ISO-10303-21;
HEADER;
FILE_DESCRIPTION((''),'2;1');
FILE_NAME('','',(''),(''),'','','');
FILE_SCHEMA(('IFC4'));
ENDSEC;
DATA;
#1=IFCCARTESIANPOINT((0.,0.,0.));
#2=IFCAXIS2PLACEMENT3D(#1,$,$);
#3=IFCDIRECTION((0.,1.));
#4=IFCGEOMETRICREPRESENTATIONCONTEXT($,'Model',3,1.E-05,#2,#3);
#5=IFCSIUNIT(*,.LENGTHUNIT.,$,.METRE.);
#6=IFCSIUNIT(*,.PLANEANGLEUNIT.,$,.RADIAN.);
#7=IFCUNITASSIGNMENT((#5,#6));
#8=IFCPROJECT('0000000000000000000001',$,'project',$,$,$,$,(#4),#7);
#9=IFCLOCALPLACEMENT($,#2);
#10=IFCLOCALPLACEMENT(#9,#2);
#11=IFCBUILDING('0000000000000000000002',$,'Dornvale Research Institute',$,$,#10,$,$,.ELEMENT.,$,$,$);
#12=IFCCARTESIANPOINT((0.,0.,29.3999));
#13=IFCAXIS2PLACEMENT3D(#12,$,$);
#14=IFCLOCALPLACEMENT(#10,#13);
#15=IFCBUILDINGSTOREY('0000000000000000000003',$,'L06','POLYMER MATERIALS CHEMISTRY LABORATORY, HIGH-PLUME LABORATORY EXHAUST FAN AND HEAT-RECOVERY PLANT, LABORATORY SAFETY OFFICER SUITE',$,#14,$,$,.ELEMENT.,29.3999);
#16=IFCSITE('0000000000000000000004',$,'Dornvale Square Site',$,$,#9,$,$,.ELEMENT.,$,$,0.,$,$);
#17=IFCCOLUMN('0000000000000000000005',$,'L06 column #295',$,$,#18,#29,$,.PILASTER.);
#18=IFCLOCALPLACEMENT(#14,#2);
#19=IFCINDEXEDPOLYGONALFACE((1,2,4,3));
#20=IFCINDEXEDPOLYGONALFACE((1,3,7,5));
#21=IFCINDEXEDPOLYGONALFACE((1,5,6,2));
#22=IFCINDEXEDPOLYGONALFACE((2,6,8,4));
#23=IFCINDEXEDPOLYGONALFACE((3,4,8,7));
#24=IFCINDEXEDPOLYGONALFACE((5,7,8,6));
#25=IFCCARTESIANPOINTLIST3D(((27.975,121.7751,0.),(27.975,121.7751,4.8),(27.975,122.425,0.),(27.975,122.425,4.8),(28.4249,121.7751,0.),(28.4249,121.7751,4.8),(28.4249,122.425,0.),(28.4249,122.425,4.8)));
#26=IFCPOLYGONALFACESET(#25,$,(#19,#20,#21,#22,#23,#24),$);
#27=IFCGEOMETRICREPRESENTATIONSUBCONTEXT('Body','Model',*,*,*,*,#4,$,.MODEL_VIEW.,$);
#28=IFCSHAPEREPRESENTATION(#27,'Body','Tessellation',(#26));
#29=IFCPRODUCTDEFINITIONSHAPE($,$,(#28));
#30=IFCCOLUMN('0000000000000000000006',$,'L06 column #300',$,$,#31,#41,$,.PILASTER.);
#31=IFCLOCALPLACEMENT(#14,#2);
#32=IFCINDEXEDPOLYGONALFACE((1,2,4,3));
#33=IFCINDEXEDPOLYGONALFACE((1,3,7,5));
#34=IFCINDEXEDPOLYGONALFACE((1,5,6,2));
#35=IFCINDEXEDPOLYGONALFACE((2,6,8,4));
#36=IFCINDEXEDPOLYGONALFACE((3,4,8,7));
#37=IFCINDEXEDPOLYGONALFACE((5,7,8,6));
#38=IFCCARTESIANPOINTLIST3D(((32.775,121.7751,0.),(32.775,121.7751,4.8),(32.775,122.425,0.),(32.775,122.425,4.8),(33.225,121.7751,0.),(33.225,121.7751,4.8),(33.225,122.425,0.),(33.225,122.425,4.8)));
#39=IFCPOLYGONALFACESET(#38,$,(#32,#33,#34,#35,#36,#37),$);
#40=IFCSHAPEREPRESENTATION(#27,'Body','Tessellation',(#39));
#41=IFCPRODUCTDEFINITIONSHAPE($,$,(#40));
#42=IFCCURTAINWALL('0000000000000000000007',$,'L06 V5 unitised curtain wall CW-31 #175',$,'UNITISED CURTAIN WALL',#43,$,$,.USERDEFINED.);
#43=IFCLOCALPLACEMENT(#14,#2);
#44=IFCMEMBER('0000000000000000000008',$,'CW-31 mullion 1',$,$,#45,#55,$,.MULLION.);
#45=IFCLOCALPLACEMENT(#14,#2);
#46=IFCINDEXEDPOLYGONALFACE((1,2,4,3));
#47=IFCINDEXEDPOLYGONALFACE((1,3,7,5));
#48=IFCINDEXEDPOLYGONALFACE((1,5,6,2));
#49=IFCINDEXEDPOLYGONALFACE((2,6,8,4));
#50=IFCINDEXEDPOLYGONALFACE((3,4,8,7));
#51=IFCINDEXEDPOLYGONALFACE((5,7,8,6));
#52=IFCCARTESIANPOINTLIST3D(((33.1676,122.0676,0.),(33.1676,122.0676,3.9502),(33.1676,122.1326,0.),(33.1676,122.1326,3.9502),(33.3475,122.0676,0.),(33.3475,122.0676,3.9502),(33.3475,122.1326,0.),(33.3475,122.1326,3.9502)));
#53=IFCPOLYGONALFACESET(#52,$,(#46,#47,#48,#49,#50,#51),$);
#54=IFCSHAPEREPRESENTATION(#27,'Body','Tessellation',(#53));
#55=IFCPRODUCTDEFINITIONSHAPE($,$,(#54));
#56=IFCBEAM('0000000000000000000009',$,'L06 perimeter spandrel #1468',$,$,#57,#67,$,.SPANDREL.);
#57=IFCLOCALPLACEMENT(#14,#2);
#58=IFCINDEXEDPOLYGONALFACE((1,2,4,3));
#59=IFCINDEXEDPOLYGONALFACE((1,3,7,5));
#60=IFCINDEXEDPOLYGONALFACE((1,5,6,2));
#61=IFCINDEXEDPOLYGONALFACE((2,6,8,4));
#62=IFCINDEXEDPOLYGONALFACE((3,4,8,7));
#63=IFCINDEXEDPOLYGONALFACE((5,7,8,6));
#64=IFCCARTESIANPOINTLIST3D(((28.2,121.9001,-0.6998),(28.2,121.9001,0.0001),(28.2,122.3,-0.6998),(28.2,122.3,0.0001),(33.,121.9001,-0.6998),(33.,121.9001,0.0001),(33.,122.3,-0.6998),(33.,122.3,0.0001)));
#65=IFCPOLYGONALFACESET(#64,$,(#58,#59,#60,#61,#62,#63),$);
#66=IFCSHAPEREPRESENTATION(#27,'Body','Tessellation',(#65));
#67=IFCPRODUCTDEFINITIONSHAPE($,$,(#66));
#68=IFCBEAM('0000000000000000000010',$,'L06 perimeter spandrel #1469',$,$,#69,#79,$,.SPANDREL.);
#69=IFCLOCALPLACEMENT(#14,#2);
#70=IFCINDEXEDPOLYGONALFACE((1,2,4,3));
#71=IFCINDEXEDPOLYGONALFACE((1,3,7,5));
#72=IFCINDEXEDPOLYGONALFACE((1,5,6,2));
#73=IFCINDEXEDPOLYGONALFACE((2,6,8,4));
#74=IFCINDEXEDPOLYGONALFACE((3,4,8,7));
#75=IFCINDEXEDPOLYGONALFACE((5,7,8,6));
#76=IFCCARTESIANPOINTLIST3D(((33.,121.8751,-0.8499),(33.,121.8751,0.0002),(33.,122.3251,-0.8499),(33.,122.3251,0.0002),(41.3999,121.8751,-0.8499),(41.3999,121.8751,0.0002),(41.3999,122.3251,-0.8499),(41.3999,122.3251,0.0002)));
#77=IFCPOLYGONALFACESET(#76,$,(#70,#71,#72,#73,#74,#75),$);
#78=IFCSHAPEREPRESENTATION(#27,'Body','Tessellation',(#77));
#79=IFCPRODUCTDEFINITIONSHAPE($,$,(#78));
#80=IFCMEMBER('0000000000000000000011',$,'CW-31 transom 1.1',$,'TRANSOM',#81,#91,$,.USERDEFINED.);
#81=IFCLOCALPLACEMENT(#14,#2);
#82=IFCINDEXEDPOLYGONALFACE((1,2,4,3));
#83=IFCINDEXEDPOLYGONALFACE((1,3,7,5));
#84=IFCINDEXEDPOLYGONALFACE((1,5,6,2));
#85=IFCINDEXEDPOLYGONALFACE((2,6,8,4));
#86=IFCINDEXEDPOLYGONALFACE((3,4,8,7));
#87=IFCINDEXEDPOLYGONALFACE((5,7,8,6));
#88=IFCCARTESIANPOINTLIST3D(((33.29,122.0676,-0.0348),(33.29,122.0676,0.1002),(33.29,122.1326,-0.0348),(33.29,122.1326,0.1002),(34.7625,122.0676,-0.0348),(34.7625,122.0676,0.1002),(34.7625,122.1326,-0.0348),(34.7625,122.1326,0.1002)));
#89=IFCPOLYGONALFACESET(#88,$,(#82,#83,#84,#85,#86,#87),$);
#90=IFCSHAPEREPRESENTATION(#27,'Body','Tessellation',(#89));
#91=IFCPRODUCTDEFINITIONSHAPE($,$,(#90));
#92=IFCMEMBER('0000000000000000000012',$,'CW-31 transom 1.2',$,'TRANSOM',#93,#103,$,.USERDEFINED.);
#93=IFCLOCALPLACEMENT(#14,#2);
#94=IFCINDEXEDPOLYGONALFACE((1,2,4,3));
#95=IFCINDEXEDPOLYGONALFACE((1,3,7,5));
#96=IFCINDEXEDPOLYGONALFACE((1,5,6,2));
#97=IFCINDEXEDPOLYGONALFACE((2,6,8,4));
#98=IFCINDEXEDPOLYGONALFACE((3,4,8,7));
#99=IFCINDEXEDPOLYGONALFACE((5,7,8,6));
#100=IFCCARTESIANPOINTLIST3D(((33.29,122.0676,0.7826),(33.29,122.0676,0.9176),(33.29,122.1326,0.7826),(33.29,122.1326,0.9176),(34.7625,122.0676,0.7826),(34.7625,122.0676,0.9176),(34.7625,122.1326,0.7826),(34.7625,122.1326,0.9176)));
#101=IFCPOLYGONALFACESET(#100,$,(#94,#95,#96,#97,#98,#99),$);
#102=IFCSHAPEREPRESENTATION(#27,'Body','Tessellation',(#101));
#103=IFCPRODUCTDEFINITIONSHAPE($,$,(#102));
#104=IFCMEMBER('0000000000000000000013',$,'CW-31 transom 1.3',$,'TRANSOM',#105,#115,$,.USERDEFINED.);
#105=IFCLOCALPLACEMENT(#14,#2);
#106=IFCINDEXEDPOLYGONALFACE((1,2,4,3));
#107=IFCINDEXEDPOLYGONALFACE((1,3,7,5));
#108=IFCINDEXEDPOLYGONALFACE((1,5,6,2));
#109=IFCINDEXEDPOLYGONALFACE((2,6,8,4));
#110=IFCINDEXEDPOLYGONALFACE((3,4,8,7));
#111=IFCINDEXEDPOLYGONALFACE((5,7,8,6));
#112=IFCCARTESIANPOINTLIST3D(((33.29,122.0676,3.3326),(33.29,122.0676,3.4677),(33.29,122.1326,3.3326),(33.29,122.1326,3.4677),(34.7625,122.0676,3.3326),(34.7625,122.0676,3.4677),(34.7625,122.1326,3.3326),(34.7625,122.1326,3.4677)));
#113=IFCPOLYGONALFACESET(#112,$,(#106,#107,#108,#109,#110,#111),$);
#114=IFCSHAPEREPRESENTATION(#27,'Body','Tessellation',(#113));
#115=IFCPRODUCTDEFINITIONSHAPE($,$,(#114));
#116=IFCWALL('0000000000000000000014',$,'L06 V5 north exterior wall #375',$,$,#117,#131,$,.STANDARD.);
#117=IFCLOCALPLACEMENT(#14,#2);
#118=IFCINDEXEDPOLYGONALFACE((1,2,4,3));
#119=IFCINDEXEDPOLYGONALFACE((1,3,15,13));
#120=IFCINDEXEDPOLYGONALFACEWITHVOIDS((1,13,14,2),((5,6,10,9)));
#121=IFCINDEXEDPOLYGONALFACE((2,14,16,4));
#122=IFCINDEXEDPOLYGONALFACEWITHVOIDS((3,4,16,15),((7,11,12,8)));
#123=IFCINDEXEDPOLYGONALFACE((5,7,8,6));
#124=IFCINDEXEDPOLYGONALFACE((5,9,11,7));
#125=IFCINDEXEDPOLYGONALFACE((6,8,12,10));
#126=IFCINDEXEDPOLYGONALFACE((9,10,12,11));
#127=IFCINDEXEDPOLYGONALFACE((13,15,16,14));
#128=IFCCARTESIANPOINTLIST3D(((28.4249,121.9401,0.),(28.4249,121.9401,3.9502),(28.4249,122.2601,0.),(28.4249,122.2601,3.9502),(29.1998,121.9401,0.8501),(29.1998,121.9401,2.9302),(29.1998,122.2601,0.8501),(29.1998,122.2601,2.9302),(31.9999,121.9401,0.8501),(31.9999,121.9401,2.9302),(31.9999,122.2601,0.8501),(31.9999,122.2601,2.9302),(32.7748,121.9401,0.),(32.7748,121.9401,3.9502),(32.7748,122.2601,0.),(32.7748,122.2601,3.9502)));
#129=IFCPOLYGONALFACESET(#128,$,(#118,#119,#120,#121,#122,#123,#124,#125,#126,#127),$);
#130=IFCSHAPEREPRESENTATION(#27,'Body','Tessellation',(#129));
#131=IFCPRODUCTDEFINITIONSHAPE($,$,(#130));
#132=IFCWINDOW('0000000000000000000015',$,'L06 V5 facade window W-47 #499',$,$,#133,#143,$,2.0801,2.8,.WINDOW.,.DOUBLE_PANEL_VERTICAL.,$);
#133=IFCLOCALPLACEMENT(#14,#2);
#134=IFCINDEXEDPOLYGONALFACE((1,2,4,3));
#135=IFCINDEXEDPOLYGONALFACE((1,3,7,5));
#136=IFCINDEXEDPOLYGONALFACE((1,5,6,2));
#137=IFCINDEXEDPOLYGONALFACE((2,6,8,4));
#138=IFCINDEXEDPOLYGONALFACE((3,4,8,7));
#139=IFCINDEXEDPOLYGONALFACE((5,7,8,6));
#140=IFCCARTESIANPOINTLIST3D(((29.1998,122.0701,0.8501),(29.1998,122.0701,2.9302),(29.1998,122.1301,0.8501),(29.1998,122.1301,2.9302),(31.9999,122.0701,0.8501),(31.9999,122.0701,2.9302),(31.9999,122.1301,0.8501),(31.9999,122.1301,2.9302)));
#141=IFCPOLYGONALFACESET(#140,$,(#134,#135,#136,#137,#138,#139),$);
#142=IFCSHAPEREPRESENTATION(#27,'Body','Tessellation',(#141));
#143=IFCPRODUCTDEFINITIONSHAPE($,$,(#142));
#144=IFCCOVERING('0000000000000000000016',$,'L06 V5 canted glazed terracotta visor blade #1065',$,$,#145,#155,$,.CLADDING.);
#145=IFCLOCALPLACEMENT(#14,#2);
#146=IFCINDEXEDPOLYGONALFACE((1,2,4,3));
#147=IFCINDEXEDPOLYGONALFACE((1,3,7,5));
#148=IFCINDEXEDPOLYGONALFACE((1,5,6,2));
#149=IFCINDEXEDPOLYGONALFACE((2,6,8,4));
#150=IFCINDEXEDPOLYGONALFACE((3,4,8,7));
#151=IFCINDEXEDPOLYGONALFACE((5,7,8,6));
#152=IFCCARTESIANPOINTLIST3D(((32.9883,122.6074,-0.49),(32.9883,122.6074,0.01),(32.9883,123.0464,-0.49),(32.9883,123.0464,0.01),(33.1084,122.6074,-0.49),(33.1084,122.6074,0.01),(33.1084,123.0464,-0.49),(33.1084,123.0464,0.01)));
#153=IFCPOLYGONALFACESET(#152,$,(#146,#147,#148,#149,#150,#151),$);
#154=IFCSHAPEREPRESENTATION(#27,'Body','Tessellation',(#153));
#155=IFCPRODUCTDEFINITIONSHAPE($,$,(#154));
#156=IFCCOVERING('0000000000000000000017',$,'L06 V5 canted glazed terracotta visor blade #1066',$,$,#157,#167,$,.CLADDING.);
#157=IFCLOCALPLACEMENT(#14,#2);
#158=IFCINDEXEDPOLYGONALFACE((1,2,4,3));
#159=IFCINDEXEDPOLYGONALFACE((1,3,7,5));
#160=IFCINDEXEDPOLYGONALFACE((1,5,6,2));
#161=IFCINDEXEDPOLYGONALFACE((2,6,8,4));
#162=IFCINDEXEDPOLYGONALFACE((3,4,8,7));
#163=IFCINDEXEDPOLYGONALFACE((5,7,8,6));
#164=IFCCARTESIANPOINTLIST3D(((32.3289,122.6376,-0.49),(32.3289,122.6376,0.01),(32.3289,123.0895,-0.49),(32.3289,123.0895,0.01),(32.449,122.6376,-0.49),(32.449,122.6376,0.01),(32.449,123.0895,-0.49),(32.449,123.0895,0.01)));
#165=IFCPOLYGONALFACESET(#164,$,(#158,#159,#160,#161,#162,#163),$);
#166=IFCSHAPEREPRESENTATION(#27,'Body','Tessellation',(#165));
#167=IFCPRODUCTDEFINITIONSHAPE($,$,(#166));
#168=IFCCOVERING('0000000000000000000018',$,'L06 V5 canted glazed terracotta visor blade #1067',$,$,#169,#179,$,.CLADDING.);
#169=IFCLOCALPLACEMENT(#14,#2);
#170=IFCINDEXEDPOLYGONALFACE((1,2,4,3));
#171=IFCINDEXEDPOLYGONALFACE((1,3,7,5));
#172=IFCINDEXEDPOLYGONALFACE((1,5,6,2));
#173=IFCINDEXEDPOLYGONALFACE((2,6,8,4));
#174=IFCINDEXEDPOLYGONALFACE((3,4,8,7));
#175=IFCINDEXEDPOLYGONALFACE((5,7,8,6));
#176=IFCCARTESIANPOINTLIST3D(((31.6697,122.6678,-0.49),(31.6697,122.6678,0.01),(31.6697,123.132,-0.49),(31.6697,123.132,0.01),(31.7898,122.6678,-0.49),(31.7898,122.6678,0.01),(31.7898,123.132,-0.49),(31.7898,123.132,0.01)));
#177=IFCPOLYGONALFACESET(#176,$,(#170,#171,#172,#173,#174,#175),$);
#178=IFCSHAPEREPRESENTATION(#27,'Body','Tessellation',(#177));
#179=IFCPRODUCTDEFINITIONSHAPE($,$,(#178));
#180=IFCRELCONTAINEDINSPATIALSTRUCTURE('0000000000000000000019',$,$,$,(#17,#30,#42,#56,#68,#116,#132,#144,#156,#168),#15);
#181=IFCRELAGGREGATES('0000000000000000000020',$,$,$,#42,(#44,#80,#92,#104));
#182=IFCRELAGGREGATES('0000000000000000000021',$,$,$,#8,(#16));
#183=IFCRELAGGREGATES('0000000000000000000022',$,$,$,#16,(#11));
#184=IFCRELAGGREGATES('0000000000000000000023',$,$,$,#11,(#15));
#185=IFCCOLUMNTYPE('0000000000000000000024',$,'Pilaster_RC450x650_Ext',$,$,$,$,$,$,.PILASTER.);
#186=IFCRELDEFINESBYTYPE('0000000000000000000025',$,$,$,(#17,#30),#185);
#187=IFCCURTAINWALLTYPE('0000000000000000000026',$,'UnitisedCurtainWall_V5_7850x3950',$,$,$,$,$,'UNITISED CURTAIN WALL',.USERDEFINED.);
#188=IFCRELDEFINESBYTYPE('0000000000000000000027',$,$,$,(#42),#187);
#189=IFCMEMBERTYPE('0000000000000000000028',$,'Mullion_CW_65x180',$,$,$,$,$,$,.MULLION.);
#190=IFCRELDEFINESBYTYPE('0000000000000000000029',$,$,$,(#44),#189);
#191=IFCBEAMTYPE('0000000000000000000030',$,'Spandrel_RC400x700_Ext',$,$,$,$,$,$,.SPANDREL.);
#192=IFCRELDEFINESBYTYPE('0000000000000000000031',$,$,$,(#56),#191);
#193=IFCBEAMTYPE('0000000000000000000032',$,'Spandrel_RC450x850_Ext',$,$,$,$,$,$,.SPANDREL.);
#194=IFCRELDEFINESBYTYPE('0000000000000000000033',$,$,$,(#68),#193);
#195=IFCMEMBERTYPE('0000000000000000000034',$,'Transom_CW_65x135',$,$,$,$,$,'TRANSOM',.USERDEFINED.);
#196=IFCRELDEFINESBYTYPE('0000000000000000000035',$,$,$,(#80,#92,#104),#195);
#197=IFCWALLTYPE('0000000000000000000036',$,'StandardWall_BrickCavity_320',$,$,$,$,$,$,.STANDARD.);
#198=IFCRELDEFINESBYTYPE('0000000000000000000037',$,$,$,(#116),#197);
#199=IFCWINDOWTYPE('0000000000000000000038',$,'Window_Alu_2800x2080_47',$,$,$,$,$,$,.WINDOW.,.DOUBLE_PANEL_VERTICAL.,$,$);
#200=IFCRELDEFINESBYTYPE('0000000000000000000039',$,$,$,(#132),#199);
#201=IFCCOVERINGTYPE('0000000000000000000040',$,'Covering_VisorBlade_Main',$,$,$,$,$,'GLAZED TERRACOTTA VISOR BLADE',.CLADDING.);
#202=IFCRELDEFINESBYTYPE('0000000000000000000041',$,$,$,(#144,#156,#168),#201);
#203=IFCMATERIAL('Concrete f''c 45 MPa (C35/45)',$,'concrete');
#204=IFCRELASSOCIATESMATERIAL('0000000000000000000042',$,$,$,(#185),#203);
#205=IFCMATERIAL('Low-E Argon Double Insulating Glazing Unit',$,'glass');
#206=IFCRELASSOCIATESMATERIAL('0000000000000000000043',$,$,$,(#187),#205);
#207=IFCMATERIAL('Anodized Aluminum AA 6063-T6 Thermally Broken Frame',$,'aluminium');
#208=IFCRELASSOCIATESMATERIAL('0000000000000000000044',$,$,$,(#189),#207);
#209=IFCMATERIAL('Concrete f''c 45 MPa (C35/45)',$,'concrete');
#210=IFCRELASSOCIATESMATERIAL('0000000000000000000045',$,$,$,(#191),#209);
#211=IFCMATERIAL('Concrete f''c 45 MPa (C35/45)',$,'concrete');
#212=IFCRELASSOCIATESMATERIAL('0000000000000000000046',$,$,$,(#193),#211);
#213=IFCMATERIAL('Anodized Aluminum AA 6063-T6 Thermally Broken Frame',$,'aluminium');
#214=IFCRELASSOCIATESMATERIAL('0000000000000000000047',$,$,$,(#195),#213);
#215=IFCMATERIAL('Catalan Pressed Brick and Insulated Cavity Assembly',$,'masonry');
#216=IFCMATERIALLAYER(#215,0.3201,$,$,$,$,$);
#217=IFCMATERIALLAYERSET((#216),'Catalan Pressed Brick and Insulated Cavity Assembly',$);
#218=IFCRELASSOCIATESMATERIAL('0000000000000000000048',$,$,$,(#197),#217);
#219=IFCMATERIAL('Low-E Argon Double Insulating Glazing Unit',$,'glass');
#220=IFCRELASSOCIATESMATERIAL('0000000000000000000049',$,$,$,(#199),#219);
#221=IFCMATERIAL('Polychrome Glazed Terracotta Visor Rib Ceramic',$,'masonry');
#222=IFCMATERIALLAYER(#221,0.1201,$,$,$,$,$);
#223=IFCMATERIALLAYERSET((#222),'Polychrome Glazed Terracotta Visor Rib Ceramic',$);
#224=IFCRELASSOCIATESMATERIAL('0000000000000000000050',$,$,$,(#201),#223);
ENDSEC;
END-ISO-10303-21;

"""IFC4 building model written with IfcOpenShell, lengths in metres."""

from ifc_helpers import new_model, si_unit, direction, frame, frame_2d, origin, origin_2d, place, context, subcontext, project, spatial, rectangle, extrude, material, layer, layer_set, material_profile, profile_set, type_object, element, fill, aggregate, save


model = new_model("IFC4")

# Units and contexts
model_context = context("Model", 3, precision=1e-05, world=origin(), true_north=direction((0.0, 1.0)))
body_context = subcontext(model_context, "Body", "Model", "MODEL_VIEW")
ifc_project = project(units=[si_unit("LENGTHUNIT", "METRE"), si_unit("PLANEANGLEUNIT", "RADIAN")], contexts=[model_context])

# Site, building, storey
site_placement = place(None, origin())
site = spatial("IfcSite", under=ifc_project, at=site_placement, Name="Dornvale Square Site", CompositionType="ELEMENT", RefElevation=0.0)
building_placement = place(site_placement, origin())
building = spatial("IfcBuilding", under=site, at=building_placement, Name="Dornvale Research Institute", CompositionType="ELEMENT")
storey_placement = place(building_placement, frame((0.0, 0.0, 29.3999)))
storey = spatial("IfcBuildingStorey", under=building, at=storey_placement, Name="L06", Description="POLYMER MATERIALS CHEMISTRY LABORATORY, HIGH-PLUME LABORATORY EXHAUST FAN AND HEAT-RECOVERY PLANT, LABORATORY SAFETY OFFICER SUITE", CompositionType="ELEMENT", Elevation=29.3999)

# Columns
ifc_material_1 = material(Name="Concrete f'c 45 MPa (C35/45)", Category="concrete")
ifc_material_profile_1 = material_profile(ifc_material_1, rectangle(XDim=0.45, YDim=0.6499, at=origin_2d()), Name="RC 450x650")
ifc_profile_set_1 = profile_set([ifc_material_profile_1], Name="Concrete f'c 45 MPa (C35/45)")
column_type = type_object("IfcColumnType", Name="Pilaster_RC450x650_Ext", PredefinedType="PILASTER", material=ifc_profile_set_1)
for number, where, z_axis, x_axis, name in (
    (1, (28.2, 122.1001, 0.0), (0.0, 0.0, 1.0), (1.0, 0.0, 0.0), "L06 column #295"),
    (2, (33.0, 122.1001, 0.0), (0.0, 0.0, 1.0), (1.0, 0.0, 0.0), "L06 column #300"),
):
    element("IfcColumn", number, at=place(storey_placement, frame(where, z_axis=z_axis, x_axis=x_axis)), inside=storey, type_object=column_type, Name=name, PredefinedType="PILASTER", context=body_context, shape_type="SweptSolid", body=[
        extrude(rectangle(XDim=0.45, YDim=0.6499, at=origin_2d()), origin(), (0.0, 0.0, 1.0), 4.8),
    ])

# Curtain wall, member
ifc_material_2 = material(Name="Low-E Argon Double Insulating Glazing Unit", Category="glass")
curtain_wall_type = type_object("IfcCurtainWallType", Name="UnitisedCurtainWall_V5_7850x3950", ElementType="UNITISED CURTAIN WALL", PredefinedType="USERDEFINED", material=ifc_material_2)
curtain_wall_placement = place(storey_placement, origin())
curtain_wall = element("IfcCurtainWall", 3, at=curtain_wall_placement, inside=storey, type_object=curtain_wall_type, Name="L06 V5 unitised curtain wall CW-31 #175", ObjectType="UNITISED CURTAIN WALL", PredefinedType="USERDEFINED")
ifc_material_3 = material(Name="Anodized Aluminum AA 6063-T6 Thermally Broken Frame", Category="aluminium")
ifc_material_profile_2 = material_profile(ifc_material_3, rectangle(XDim=0.0649, YDim=0.1799, at=origin_2d()), Name="ALU MULLION 65x180")
ifc_profile_set_2 = profile_set([ifc_material_profile_2], Name="Anodized Aluminum AA 6063-T6 Thermally Broken Frame")
member_type_1 = type_object("IfcMemberType", Name="Mullion_CW_65x180", PredefinedType="MULLION", material=ifc_profile_set_2)
member_1_placement = place(storey_placement, frame((33.2576, 122.1001, 0.0), z_axis=(0.0, 0.0, 1.0), x_axis=(0.0, 1.0, 0.0)))
member_1 = element("IfcMember", 4, at=member_1_placement, type_object=member_type_1, Name="CW-31 mullion 1", PredefinedType="MULLION", context=body_context, shape_type="SweptSolid", body=[
    extrude(rectangle(XDim=0.0649, YDim=0.1799, at=origin_2d()), origin(), (0.0, 0.0, 1.0), 3.9502),
])

# Beams
ifc_material_4 = material(Name="Concrete f'c 45 MPa (C35/45)", Category="concrete")
ifc_material_profile_3 = material_profile(ifc_material_4, rectangle(XDim=0.3999, YDim=0.7, at=origin_2d()), Name="RC 400x700")
ifc_profile_set_3 = profile_set([ifc_material_profile_3], Name="Concrete f'c 45 MPa (C35/45)")
beam_type_1 = type_object("IfcBeamType", Name="Spandrel_RC400x700_Ext", PredefinedType="SPANDREL", material=ifc_profile_set_3)
beam_1_placement = place(storey_placement, frame((28.2, 122.1001, -0.3499), z_axis=(1.0, 0.0, 0.0), x_axis=(0.0, 1.0, 0.0)))
element("IfcBeam", 5, at=beam_1_placement, inside=storey, type_object=beam_type_1, Name="L06 perimeter spandrel #1468", PredefinedType="SPANDREL", context=body_context, shape_type="SweptSolid", body=[
    extrude(rectangle(XDim=0.3999, YDim=0.7, at=origin_2d()), origin(), (0.0, 0.0, 1.0), 4.8),
])
ifc_material_5 = material(Name="Concrete f'c 45 MPa (C35/45)", Category="concrete")
ifc_material_profile_4 = material_profile(ifc_material_5, rectangle(XDim=0.45, YDim=0.8501, at=origin_2d()), Name="RC 450x850")
ifc_profile_set_4 = profile_set([ifc_material_profile_4], Name="Concrete f'c 45 MPa (C35/45)")
beam_type_2 = type_object("IfcBeamType", Name="Spandrel_RC450x850_Ext", PredefinedType="SPANDREL", material=ifc_profile_set_4)
beam_2_placement = place(storey_placement, frame((33.0, 122.1001, -0.4248), z_axis=(1.0, 0.0, 0.0), x_axis=(0.0, 1.0, 0.0)))
element("IfcBeam", 6, at=beam_2_placement, inside=storey, type_object=beam_type_2, Name="L06 perimeter spandrel #1469", PredefinedType="SPANDREL", context=body_context, shape_type="SweptSolid", body=[
    extrude(rectangle(XDim=0.45, YDim=0.8501, at=origin_2d()), origin(), (0.0, 0.0, 1.0), 8.3999),
])

# Members
ifc_material_6 = material(Name="Anodized Aluminum AA 6063-T6 Thermally Broken Frame", Category="aluminium")
ifc_material_profile_5 = material_profile(ifc_material_6, rectangle(XDim=0.0649, YDim=0.135, at=origin_2d()), Name="ALU TRANSOM 65x135")
ifc_profile_set_5 = profile_set([ifc_material_profile_5], Name="Anodized Aluminum AA 6063-T6 Thermally Broken Frame")
member_type_2 = type_object("IfcMemberType", Name="Transom_CW_65x135", ElementType="TRANSOM", PredefinedType="USERDEFINED", material=ifc_profile_set_5)
member_2_placement = place(storey_placement, frame((33.29, 122.1001, 0.0327), z_axis=(1.0, 0.0, 0.0), x_axis=(0.0, 1.0, 0.0)))
member_2 = element("IfcMember", 7, at=member_2_placement, type_object=member_type_2, Name="CW-31 transom 1.1", ObjectType="TRANSOM", PredefinedType="USERDEFINED", context=body_context, shape_type="SweptSolid", body=[
    extrude(rectangle(XDim=0.0649, YDim=0.135, at=origin_2d()), origin(), (0.0, 0.0, 1.0), 1.4724),
])
member_3_placement = place(storey_placement, frame((33.29, 122.1001, 0.8501), z_axis=(1.0, 0.0, 0.0), x_axis=(0.0, 1.0, 0.0)))
member_3 = element("IfcMember", 8, at=member_3_placement, type_object=member_type_2, Name="CW-31 transom 1.2", ObjectType="TRANSOM", PredefinedType="USERDEFINED", context=body_context, shape_type="SweptSolid", body=[
    extrude(rectangle(XDim=0.0649, YDim=0.135, at=origin_2d()), origin(), (0.0, 0.0, 1.0), 1.4724),
])
member_4_placement = place(storey_placement, frame((33.29, 122.1001, 3.4001), z_axis=(1.0, 0.0, 0.0), x_axis=(0.0, 1.0, 0.0)))
member_4 = element("IfcMember", 9, at=member_4_placement, type_object=member_type_2, Name="CW-31 transom 1.3", ObjectType="TRANSOM", PredefinedType="USERDEFINED", context=body_context, shape_type="SweptSolid", body=[
    extrude(rectangle(XDim=0.0649, YDim=0.135, at=origin_2d()), origin(), (0.0, 0.0, 1.0), 1.4724),
])
aggregate(curtain_wall, [member_1, member_2, member_3, member_4])

# Wall, opening, window
ifc_material_7 = material(Name="Catalan Pressed Brick and Insulated Cavity Assembly", Category="masonry")
ifc_layer_1 = layer(ifc_material_7, 0.3201)
ifc_layer_set_1 = layer_set([ifc_layer_1], Name="Catalan Pressed Brick and Insulated Cavity Assembly")
wall_type = type_object("IfcWallType", Name="StandardWall_BrickCavity_320", PredefinedType="STANDARD", material=ifc_layer_set_1)
wall_placement = place(storey_placement, frame((28.425, 122.1001, 0.0), z_axis=(0.0, 0.0, 1.0), x_axis=(1.0, 0.0, 0.0)))
wall = element("IfcWall", 10, at=wall_placement, inside=storey, type_object=wall_type, Name="L06 V5 north exterior wall #375", PredefinedType="STANDARD", context=body_context, shape_type="SweptSolid", body=[
    extrude(rectangle(XDim=4.3499, YDim=0.3201, at=frame_2d((2.1748, 0.0))), origin(), (0.0, 0.0, 1.0), 3.9502),
])
opening_placement = place(wall_placement, frame((0.7749, 0.0, 0.8501)))
opening = element("IfcOpeningElement", 11, at=opening_placement, cuts=wall, PredefinedType="OPENING", context=body_context, shape_type="SweptSolid", body=[
    extrude(rectangle(XDim=2.8, YDim=2.0801, at=frame_2d((1.3999, 1.04))), frame((0.0, 0.175, 0.0), z_axis=(0.0, -1.0, 0.0), x_axis=(1.0, 0.0, 0.0)), (0.0, 0.0, 1.0), 0.3501),
])
ifc_material_8 = material(Name="Low-E Argon Double Insulating Glazing Unit", Category="glass")
window_type = type_object("IfcWindowType", Name="Window_Alu_2800x2080_47", PartitioningType="DOUBLE_PANEL_VERTICAL", PredefinedType="WINDOW", material=ifc_material_8)
window_placement = place(opening_placement, origin())
window = element("IfcWindow", 12, at=window_placement, inside=storey, type_object=window_type, Name="L06 V5 facade window W-47 #499", OverallHeight=2.0801, OverallWidth=2.8, PartitioningType="DOUBLE_PANEL_VERTICAL", PredefinedType="WINDOW", context=body_context, shape_type="SweptSolid", body=[
    extrude(rectangle(XDim=2.8, YDim=2.0801, at=frame_2d((1.3999, 1.04))), frame((0.0, 0.03, 0.0), z_axis=(0.0, -1.0, 0.0), x_axis=(1.0, 0.0, 0.0)), (0.0, 0.0, 1.0), 0.0601),
])
fill(opening, window)

# Coverings
ifc_material_9 = material(Name="Polychrome Glazed Terracotta Visor Rib Ceramic", Category="masonry")
ifc_layer_2 = layer(ifc_material_9, 0.1201)
ifc_layer_set_2 = layer_set([ifc_layer_2], Name="Polychrome Glazed Terracotta Visor Rib Ceramic")
covering_type = type_object("IfcCoveringType", Name="Covering_VisorBlade_Main", ElementType="GLAZED TERRACOTTA VISOR BLADE", PredefinedType="CLADDING", material=ifc_layer_set_2)
covering_1_placement = place(storey_placement, frame((33.0483, 122.8269, -0.49), z_axis=(0.0, 0.0, 1.0), x_axis=(0.0, 1.0, 0.0)))
element("IfcCovering", 13, at=covering_1_placement, inside=storey, type_object=covering_type, Name="L06 V5 canted glazed terracotta visor blade #1065", PredefinedType="CLADDING", context=body_context, shape_type="SweptSolid", body=[
    extrude(rectangle(XDim=0.439, YDim=0.1201, at=origin_2d()), origin(), (0.0, 0.0, 1.0), 0.5),
])
covering_2_placement = place(storey_placement, frame((32.3889, 122.8635, -0.49), z_axis=(0.0, 0.0, 1.0), x_axis=(0.0, 1.0, 0.0)))
element("IfcCovering", 14, at=covering_2_placement, inside=storey, type_object=covering_type, Name="L06 V5 canted glazed terracotta visor blade #1066", PredefinedType="CLADDING", context=body_context, shape_type="SweptSolid", body=[
    extrude(rectangle(XDim=0.4519, YDim=0.1201, at=origin_2d()), origin(), (0.0, 0.0, 1.0), 0.5),
])
covering_3_placement = place(storey_placement, frame((31.7297, 122.8999, -0.49), z_axis=(0.0, 0.0, 1.0), x_axis=(0.0, 1.0, 0.0)))
element("IfcCovering", 15, at=covering_3_placement, inside=storey, type_object=covering_type, Name="L06 V5 canted glazed terracotta visor blade #1067", PredefinedType="CLADDING", context=body_context, shape_type="SweptSolid", body=[
    extrude(rectangle(XDim=0.4641, YDim=0.1201, at=origin_2d()), origin(), (0.0, 0.0, 1.0), 0.5),
])

save(model, "model.ifc")
